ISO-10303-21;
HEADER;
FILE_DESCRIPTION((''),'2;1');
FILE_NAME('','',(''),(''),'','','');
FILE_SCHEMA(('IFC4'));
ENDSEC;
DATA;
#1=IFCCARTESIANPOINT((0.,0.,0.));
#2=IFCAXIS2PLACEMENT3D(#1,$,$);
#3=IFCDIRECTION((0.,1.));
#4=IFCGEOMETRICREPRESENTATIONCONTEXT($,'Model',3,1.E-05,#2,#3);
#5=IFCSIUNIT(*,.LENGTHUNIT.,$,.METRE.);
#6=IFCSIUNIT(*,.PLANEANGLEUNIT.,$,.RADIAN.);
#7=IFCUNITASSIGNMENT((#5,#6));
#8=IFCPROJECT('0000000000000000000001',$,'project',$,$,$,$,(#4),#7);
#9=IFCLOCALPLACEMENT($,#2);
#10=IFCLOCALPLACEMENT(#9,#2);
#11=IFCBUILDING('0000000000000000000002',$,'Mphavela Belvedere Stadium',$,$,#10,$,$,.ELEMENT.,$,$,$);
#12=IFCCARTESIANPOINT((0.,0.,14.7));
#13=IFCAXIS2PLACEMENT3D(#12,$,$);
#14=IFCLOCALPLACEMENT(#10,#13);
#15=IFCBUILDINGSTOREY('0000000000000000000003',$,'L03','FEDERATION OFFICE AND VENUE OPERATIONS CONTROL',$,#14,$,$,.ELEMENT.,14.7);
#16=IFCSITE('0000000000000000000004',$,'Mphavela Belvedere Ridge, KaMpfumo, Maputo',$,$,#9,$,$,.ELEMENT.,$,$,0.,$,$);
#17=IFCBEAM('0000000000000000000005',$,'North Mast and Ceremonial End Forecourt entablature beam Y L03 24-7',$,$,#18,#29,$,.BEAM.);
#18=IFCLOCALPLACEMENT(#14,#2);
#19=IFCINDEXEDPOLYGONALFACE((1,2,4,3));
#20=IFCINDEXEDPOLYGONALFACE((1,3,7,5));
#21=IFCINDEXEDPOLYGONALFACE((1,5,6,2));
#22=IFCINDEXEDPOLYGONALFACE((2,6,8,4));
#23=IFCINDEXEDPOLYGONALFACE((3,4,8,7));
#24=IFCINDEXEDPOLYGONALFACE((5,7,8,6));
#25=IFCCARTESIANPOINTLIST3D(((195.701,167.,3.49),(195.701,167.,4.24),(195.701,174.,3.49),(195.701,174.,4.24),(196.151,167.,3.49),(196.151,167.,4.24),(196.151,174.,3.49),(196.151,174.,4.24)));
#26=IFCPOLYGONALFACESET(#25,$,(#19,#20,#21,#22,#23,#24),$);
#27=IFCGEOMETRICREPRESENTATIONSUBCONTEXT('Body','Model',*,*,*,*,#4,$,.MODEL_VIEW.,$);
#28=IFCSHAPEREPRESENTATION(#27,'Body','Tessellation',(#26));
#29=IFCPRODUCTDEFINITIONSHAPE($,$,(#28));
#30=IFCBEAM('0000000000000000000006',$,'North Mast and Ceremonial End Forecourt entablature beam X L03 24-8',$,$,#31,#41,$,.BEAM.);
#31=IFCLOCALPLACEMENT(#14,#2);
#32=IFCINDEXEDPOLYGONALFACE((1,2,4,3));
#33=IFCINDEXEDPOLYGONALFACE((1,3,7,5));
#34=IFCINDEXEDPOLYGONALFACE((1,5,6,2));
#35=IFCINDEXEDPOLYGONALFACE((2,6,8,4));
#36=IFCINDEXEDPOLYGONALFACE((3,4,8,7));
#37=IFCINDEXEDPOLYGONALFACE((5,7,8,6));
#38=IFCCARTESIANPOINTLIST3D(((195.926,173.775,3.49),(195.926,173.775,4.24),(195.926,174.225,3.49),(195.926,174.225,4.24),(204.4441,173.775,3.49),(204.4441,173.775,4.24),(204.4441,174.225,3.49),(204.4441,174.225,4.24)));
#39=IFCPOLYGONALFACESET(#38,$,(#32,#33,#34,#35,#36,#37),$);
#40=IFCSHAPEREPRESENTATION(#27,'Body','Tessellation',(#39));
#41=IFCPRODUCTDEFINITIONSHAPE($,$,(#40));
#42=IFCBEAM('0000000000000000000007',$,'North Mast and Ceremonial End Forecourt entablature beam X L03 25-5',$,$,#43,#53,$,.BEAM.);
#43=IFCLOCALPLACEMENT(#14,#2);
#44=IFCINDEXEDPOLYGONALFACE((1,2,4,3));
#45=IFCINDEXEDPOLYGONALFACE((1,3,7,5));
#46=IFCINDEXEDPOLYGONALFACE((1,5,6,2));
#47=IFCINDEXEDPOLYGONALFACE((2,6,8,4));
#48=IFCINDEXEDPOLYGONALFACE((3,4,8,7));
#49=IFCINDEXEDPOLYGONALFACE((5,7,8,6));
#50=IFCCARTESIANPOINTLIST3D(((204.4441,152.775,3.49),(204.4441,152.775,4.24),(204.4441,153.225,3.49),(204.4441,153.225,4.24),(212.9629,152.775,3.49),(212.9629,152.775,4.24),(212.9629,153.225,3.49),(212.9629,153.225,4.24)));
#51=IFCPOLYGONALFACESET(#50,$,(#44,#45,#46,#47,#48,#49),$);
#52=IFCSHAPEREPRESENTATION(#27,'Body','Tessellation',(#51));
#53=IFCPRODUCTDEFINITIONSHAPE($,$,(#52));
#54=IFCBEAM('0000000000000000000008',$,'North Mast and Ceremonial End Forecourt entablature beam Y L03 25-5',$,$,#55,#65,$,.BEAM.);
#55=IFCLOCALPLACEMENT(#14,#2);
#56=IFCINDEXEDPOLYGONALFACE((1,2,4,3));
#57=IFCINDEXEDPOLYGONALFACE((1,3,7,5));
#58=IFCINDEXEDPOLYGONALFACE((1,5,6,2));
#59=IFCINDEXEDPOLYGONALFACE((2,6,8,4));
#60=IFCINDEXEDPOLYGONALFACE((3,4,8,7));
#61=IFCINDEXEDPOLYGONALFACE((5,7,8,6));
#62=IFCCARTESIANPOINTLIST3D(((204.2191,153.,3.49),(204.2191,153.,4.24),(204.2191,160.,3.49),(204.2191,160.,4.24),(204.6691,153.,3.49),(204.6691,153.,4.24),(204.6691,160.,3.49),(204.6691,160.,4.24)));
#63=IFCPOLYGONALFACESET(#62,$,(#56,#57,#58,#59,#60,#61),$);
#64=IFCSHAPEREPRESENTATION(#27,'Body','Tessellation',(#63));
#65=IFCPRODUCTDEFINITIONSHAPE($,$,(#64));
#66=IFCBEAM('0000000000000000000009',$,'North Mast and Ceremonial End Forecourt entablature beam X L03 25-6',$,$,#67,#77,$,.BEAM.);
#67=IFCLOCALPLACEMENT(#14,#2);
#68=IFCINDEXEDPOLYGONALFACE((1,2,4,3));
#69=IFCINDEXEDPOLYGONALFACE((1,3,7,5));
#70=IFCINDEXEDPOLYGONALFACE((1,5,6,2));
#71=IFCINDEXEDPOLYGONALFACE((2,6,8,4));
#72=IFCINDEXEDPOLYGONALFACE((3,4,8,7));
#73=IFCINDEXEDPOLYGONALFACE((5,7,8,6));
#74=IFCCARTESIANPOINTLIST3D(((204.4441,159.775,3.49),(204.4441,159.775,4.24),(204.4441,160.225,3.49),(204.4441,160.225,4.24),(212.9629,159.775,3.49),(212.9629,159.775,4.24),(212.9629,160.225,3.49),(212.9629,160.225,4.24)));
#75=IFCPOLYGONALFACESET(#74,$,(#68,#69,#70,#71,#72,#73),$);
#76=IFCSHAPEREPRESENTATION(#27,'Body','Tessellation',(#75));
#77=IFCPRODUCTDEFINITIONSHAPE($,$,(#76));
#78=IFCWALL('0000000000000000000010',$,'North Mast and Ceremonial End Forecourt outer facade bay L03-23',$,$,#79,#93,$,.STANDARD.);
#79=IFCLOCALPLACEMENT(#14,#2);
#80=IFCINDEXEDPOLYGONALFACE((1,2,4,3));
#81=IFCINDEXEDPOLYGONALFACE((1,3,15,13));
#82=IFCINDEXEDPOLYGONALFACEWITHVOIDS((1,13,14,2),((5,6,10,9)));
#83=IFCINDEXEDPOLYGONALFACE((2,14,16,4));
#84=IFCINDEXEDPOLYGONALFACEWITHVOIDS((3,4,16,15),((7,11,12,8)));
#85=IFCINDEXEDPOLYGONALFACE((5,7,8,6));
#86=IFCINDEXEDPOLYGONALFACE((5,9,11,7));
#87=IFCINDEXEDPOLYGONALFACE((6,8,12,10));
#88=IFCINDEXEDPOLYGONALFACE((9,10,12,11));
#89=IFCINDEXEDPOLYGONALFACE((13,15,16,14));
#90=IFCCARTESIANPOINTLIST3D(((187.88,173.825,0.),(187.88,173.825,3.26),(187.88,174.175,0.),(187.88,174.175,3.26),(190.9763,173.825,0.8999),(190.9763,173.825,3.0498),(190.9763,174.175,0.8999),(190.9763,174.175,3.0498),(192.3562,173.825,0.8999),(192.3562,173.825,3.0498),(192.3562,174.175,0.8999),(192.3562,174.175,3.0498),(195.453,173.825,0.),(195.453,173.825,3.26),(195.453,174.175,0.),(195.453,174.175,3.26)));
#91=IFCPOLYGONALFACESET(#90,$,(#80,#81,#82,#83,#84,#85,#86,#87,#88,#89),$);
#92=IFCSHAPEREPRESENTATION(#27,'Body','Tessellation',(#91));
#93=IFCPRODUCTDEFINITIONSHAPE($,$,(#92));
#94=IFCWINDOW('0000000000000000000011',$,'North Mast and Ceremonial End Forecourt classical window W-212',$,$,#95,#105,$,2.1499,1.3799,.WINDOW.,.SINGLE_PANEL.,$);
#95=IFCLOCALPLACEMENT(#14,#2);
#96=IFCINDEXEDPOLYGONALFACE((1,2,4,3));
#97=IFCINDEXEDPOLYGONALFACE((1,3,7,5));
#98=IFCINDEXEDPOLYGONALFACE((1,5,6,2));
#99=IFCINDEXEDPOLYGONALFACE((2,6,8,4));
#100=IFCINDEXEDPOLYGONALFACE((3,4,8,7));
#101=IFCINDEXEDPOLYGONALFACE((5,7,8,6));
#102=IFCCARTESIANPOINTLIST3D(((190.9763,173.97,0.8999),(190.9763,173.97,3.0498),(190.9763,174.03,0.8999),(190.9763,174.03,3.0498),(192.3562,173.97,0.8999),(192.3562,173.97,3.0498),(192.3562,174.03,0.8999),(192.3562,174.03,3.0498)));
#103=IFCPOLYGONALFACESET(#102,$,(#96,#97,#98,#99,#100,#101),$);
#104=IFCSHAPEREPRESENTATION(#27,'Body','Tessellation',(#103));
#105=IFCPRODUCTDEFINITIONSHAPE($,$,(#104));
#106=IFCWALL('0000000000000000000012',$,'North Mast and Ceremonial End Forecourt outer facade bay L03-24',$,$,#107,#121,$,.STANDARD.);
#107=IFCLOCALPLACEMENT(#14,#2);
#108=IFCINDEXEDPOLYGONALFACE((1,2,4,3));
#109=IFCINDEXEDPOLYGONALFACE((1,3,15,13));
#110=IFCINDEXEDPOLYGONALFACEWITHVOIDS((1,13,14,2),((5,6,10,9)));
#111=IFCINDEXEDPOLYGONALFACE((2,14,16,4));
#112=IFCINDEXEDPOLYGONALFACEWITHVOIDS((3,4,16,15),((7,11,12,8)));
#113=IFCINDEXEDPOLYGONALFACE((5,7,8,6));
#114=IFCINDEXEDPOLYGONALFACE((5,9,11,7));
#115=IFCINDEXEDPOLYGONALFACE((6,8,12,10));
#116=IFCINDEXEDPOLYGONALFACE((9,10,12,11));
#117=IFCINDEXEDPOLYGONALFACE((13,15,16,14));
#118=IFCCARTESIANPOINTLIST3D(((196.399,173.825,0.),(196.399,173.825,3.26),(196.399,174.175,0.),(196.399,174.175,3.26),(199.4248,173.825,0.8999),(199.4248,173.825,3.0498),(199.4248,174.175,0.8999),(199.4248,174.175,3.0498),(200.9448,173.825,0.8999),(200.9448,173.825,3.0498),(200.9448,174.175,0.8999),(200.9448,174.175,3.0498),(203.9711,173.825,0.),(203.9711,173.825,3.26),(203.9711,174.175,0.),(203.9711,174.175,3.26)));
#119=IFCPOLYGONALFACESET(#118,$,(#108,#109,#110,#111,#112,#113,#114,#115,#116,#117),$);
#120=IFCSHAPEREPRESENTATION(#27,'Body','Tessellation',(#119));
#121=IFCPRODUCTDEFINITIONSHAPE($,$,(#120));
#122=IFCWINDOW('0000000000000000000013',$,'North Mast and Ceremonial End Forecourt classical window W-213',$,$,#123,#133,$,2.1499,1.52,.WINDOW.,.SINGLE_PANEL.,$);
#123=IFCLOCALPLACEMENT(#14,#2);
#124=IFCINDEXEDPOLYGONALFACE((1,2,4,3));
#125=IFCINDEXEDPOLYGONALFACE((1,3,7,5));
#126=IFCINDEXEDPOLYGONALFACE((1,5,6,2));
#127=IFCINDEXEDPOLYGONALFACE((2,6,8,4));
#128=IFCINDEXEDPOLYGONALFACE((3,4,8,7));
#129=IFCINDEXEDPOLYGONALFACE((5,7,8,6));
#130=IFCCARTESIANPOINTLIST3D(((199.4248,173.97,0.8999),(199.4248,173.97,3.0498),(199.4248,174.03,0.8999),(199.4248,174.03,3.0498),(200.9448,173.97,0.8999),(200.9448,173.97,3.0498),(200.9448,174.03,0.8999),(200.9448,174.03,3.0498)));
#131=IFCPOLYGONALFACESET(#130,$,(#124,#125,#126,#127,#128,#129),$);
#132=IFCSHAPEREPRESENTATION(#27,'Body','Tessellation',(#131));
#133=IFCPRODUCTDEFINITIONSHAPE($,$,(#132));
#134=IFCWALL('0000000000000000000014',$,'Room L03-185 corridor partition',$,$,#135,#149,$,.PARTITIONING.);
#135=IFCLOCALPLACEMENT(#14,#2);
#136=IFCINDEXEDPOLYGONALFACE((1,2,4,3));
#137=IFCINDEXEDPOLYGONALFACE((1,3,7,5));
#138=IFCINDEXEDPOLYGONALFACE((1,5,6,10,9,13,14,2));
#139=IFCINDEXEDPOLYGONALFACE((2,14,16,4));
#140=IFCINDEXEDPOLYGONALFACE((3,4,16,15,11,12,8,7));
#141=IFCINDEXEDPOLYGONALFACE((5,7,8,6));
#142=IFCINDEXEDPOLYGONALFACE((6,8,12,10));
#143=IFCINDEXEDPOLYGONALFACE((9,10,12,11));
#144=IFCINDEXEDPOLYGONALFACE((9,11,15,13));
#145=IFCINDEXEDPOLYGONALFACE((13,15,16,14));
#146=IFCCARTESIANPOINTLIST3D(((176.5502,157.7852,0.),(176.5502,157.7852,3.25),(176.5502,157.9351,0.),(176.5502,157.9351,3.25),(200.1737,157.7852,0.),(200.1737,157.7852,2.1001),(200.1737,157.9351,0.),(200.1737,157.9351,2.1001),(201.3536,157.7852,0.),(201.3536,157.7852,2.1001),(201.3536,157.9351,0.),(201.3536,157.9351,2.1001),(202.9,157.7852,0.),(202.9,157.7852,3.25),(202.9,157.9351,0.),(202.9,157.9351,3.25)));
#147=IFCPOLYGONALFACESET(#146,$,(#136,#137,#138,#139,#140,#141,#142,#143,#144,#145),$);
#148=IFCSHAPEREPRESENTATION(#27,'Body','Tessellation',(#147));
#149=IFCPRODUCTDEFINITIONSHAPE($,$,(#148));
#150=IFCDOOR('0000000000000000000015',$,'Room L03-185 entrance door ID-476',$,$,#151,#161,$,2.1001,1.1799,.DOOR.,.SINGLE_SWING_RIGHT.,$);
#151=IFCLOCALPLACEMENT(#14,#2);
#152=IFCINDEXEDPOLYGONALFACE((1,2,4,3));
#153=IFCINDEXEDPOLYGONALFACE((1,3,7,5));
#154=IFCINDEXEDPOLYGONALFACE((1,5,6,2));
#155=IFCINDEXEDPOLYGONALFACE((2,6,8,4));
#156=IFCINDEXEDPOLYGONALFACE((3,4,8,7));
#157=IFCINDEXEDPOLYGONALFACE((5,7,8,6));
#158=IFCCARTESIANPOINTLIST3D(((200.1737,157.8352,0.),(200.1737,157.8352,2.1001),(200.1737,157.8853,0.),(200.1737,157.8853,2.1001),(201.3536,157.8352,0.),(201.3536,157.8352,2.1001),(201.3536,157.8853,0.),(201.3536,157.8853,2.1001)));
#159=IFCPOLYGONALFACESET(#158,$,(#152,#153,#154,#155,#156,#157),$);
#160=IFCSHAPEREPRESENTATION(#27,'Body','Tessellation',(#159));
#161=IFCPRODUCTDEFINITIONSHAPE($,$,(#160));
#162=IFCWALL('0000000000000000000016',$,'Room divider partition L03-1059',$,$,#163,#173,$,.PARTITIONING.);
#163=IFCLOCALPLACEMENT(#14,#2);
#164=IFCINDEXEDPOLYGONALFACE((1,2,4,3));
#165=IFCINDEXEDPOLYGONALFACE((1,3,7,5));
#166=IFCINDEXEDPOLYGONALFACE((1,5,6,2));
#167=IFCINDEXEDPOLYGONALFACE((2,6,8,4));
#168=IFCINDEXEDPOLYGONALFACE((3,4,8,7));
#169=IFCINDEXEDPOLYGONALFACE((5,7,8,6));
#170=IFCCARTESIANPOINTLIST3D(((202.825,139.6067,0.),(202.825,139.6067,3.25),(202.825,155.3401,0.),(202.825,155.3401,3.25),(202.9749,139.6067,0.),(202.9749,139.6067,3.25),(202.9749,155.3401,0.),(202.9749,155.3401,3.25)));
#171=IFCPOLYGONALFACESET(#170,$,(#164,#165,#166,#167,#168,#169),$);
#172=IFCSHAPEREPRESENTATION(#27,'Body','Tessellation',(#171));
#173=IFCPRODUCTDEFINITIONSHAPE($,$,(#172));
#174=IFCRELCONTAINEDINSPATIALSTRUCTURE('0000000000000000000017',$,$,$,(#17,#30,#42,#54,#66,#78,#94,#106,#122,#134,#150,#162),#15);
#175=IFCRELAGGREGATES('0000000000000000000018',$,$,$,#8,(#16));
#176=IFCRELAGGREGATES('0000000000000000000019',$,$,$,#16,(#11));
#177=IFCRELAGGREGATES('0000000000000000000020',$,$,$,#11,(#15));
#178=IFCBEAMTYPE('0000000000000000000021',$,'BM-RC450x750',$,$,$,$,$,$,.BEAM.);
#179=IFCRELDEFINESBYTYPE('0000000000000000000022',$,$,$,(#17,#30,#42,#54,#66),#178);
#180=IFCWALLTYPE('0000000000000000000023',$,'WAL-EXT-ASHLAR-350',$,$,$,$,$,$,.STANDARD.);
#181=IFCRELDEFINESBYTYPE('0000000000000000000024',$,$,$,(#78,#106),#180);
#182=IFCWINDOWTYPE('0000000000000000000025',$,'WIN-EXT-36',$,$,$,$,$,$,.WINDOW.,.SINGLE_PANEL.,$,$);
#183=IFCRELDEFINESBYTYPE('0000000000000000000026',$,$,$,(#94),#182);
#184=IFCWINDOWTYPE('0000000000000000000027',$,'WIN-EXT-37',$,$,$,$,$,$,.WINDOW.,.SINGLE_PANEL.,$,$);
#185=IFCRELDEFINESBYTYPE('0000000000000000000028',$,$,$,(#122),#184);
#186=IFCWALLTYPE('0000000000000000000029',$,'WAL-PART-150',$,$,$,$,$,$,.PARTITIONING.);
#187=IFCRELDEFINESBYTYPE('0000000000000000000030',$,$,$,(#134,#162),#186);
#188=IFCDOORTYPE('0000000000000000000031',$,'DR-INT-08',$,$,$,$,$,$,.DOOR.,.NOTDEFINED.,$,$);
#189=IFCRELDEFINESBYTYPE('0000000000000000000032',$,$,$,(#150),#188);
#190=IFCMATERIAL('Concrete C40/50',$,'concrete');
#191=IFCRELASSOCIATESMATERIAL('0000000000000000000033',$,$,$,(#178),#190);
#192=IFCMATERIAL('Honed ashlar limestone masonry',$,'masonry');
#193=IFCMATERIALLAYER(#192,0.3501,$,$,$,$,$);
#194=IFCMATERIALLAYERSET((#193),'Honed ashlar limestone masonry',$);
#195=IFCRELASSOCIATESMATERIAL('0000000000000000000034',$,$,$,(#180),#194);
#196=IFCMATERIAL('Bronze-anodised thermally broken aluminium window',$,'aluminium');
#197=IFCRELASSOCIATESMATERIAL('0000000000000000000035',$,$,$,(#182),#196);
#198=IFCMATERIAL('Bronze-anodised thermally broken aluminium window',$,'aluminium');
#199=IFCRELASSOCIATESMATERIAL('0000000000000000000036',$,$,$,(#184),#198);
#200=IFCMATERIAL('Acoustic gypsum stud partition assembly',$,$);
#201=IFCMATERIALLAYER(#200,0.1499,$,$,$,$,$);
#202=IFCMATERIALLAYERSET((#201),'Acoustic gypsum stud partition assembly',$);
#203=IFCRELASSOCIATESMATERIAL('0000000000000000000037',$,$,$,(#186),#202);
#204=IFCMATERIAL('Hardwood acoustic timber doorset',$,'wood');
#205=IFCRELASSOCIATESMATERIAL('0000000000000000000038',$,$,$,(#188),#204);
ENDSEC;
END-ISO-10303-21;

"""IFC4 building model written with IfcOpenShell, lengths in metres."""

from ifc_helpers import new_model, si_unit, direction, frame, frame_2d, origin, origin_2d, place, context, subcontext, project, spatial, rectangle, extrude, material, layer, layer_set, material_profile, profile_set, type_object, element, fill, save


model = new_model("IFC4")

# Units and contexts
model_context = context("Model", 3, precision=1e-05, world=origin(), true_north=direction((0.0, 1.0)))
body_context = subcontext(model_context, "Body", "Model", "MODEL_VIEW")
ifc_project = project(units=[si_unit("LENGTHUNIT", "METRE"), si_unit("PLANEANGLEUNIT", "RADIAN")], contexts=[model_context])

# Site, building, storey
site_placement = place(None, origin())
site = spatial("IfcSite", under=ifc_project, at=site_placement, Name="Mphavela Belvedere Ridge, KaMpfumo, Maputo", CompositionType="ELEMENT", RefElevation=0.0)
building_placement = place(site_placement, origin())
building = spatial("IfcBuilding", under=site, at=building_placement, Name="Mphavela Belvedere Stadium", CompositionType="ELEMENT")
storey_placement = place(building_placement, frame((0.0, 0.0, 14.7)))
storey = spatial("IfcBuildingStorey", under=building, at=storey_placement, Name="L03", Description="FEDERATION OFFICE AND VENUE OPERATIONS CONTROL", CompositionType="ELEMENT", Elevation=14.7)

# Beams
ifc_material_1 = material(Name="Concrete C40/50", Category="concrete")
ifc_material_profile_1 = material_profile(ifc_material_1, rectangle(XDim=0.45, YDim=0.75, at=origin_2d()), Name="RC 450x750")
ifc_profile_set_1 = profile_set([ifc_material_profile_1], Name="Concrete C40/50")
beam_type_1 = type_object("IfcBeamType", Name="BM-RC450x750", PredefinedType="BEAM", material=ifc_profile_set_1)
beam_1_placement = place(storey_placement, frame((195.926, 167.0, 3.865), z_axis=(0.0, 1.0, 0.0), x_axis=(-1.0, 0.0, 0.0)))
element("IfcBeam", 1, at=beam_1_placement, inside=storey, type_object=beam_type_1, Name="North Mast and Ceremonial End Forecourt entablature beam Y L03 24-7", PredefinedType="BEAM", context=body_context, shape_type="SweptSolid", body=[
    extrude(rectangle(XDim=0.45, YDim=0.75, at=origin_2d()), origin(), (0.0, 0.0, 1.0), 7.0),
])
beam_2_placement = place(storey_placement, frame((195.926, 174.0, 3.865), z_axis=(1.0, 0.0, 0.0), x_axis=(0.0, 1.0, 0.0)))
element("IfcBeam", 2, at=beam_2_placement, inside=storey, type_object=beam_type_1, Name="North Mast and Ceremonial End Forecourt entablature beam X L03 24-8", PredefinedType="BEAM", context=body_context, shape_type="SweptSolid", body=[
    extrude(rectangle(XDim=0.45, YDim=0.75, at=origin_2d()), origin(), (0.0, 0.0, 1.0), 8.5181),
])
beam_3_placement = place(storey_placement, frame((204.4441, 153.0, 3.865), z_axis=(1.0, 0.0, 0.0), x_axis=(0.0, 1.0, 0.0)))
element("IfcBeam", 3, at=beam_3_placement, inside=storey, type_object=beam_type_1, Name="North Mast and Ceremonial End Forecourt entablature beam X L03 25-5", PredefinedType="BEAM", context=body_context, shape_type="SweptSolid", body=[
    extrude(rectangle(XDim=0.45, YDim=0.75, at=origin_2d()), origin(), (0.0, 0.0, 1.0), 8.5188),
])
beam_4_placement = place(storey_placement, frame((204.4441, 153.0, 3.865), z_axis=(0.0, 1.0, 0.0), x_axis=(-1.0, 0.0, 0.0)))
element("IfcBeam", 4, at=beam_4_placement, inside=storey, type_object=beam_type_1, Name="North Mast and Ceremonial End Forecourt entablature beam Y L03 25-5", PredefinedType="BEAM", context=body_context, shape_type="SweptSolid", body=[
    extrude(rectangle(XDim=0.45, YDim=0.75, at=origin_2d()), origin(), (0.0, 0.0, 1.0), 7.0),
])
beam_5_placement = place(storey_placement, frame((204.4441, 160.0, 3.865), z_axis=(1.0, 0.0, 0.0), x_axis=(0.0, 1.0, 0.0)))
element("IfcBeam", 5, at=beam_5_placement, inside=storey, type_object=beam_type_1, Name="North Mast and Ceremonial End Forecourt entablature beam X L03 25-6", PredefinedType="BEAM", context=body_context, shape_type="SweptSolid", body=[
    extrude(rectangle(XDim=0.45, YDim=0.75, at=origin_2d()), origin(), (0.0, 0.0, 1.0), 8.5188),
])

# Walls, openings, windows
ifc_material_2 = material(Name="Honed ashlar limestone masonry", Category="masonry")
ifc_layer_1 = layer(ifc_material_2, 0.3501)
ifc_layer_set_1 = layer_set([ifc_layer_1], Name="Honed ashlar limestone masonry")
wall_type_1 = type_object("IfcWallType", Name="WAL-EXT-ASHLAR-350", PredefinedType="STANDARD", material=ifc_layer_set_1)
wall_1_placement = place(storey_placement, frame((187.8799, 174.0, 0.0), z_axis=(0.0, 0.0, 1.0), x_axis=(1.0, 0.0, 0.0)))
wall_1 = element("IfcWall", 6, at=wall_1_placement, inside=storey, type_object=wall_type_1, Name="North Mast and Ceremonial End Forecourt outer facade bay L03-23", PredefinedType="STANDARD", context=body_context, shape_type="SweptSolid", body=[
    extrude(rectangle(XDim=7.573, YDim=0.3501, at=frame_2d((3.7866, 0.0))), origin(), (0.0, 0.0, 1.0), 3.26),
])
opening_1_placement = place(wall_1_placement, frame((3.0964, 0.0, 0.8999)))
opening_1 = element("IfcOpeningElement", 7, at=opening_1_placement, cuts=wall_1, PredefinedType="OPENING", context=body_context, shape_type="SweptSolid", body=[
    extrude(rectangle(XDim=1.3799, YDim=2.1499, at=frame_2d((0.6899, 1.075))), frame((0.0, 0.1851, 0.0), z_axis=(0.0, -1.0, 0.0), x_axis=(1.0, 0.0, 0.0)), (0.0, 0.0, 1.0), 0.3701),
])
ifc_material_3 = material(Name="Bronze-anodised thermally broken aluminium window", Category="aluminium")
window_type_1 = type_object("IfcWindowType", Name="WIN-EXT-36", PartitioningType="SINGLE_PANEL", PredefinedType="WINDOW", material=ifc_material_3)
window_1_placement = place(opening_1_placement, origin())
window_1 = element("IfcWindow", 8, at=window_1_placement, inside=storey, type_object=window_type_1, Name="North Mast and Ceremonial End Forecourt classical window W-212", OverallHeight=2.1499, OverallWidth=1.3799, PartitioningType="SINGLE_PANEL", PredefinedType="WINDOW", context=body_context, shape_type="SweptSolid", body=[
    extrude(rectangle(XDim=1.3799, YDim=2.1499, at=frame_2d((0.6899, 1.075))), frame((0.0, 0.03, 0.0), z_axis=(0.0, -1.0, 0.0), x_axis=(1.0, 0.0, 0.0)), (0.0, 0.0, 1.0), 0.0601),
])
fill(opening_1, window_1)
wall_2_placement = place(storey_placement, frame((196.3989, 174.0, 0.0), z_axis=(0.0, 0.0, 1.0), x_axis=(1.0, 0.0, 0.0)))
wall_2 = element("IfcWall", 9, at=wall_2_placement, inside=storey, type_object=wall_type_1, Name="North Mast and Ceremonial End Forecourt outer facade bay L03-24", PredefinedType="STANDARD", context=body_context, shape_type="SweptSolid", body=[
    extrude(rectangle(XDim=7.572, YDim=0.3501, at=frame_2d((3.7861, 0.0))), origin(), (0.0, 0.0, 1.0), 3.26),
])
opening_2_placement = place(wall_2_placement, frame((3.0259, 0.0, 0.8999)))
opening_2 = element("IfcOpeningElement", 10, at=opening_2_placement, cuts=wall_2, PredefinedType="OPENING", context=body_context, shape_type="SweptSolid", body=[
    extrude(rectangle(XDim=1.52, YDim=2.1499, at=frame_2d((0.76, 1.075))), frame((0.0, 0.1851, 0.0), z_axis=(0.0, -1.0, 0.0), x_axis=(1.0, 0.0, 0.0)), (0.0, 0.0, 1.0), 0.3701),
])
ifc_material_4 = material(Name="Bronze-anodised thermally broken aluminium window", Category="aluminium")
window_type_2 = type_object("IfcWindowType", Name="WIN-EXT-37", PartitioningType="SINGLE_PANEL", PredefinedType="WINDOW", material=ifc_material_4)
window_2_placement = place(opening_2_placement, origin())
window_2 = element("IfcWindow", 11, at=window_2_placement, inside=storey, type_object=window_type_2, Name="North Mast and Ceremonial End Forecourt classical window W-213", OverallHeight=2.1499, OverallWidth=1.52, PartitioningType="SINGLE_PANEL", PredefinedType="WINDOW", context=body_context, shape_type="SweptSolid", body=[
    extrude(rectangle(XDim=1.52, YDim=2.1499, at=frame_2d((0.76, 1.075))), frame((0.0, 0.03, 0.0), z_axis=(0.0, -1.0, 0.0), x_axis=(1.0, 0.0, 0.0)), (0.0, 0.0, 1.0), 0.0601),
])
fill(opening_2, window_2)

# Wall, opening, door
ifc_material_5 = material(Name="Acoustic gypsum stud partition assembly")
ifc_layer_2 = layer(ifc_material_5, 0.1499)
ifc_layer_set_2 = layer_set([ifc_layer_2], Name="Acoustic gypsum stud partition assembly")
wall_type_2 = type_object("IfcWallType", Name="WAL-PART-150", PredefinedType="PARTITIONING", material=ifc_layer_set_2)
wall_3_placement = place(storey_placement, frame((202.8999, 157.8601, 0.0), z_axis=(0.0, 0.0, 1.0), x_axis=(-1.0, 0.0, 0.0)))
wall_3 = element("IfcWall", 12, at=wall_3_placement, inside=storey, type_object=wall_type_2, Name="Room L03-185 corridor partition", PredefinedType="PARTITIONING", context=body_context, shape_type="SweptSolid", body=[
    extrude(rectangle(XDim=26.3499, YDim=0.1499, at=frame_2d((13.1748, 0.0))), origin(), (0.0, 0.0, 1.0), 3.25),
])
opening_3_placement = place(wall_3_placement, frame((1.5464, 0.0, 0.0)))
opening_3 = element("IfcOpeningElement", 13, at=opening_3_placement, cuts=wall_3, PredefinedType="OPENING", context=body_context, shape_type="SweptSolid", body=[
    extrude(rectangle(XDim=1.1799, YDim=2.1001, at=frame_2d((0.5898, 1.05))), frame((0.0, 0.085, 0.0), z_axis=(0.0, -1.0, 0.0), x_axis=(1.0, 0.0, 0.0)), (0.0, 0.0, 1.0), 0.1699),
])
ifc_material_6 = material(Name="Hardwood acoustic timber doorset", Category="wood")
door_type = type_object("IfcDoorType", Name="DR-INT-08", OperationType="NOTDEFINED", PredefinedType="DOOR", material=ifc_material_6)
door_placement = place(opening_3_placement, origin())
door = element("IfcDoor", 14, at=door_placement, inside=storey, type_object=door_type, Name="Room L03-185 entrance door ID-476", OperationType="SINGLE_SWING_RIGHT", OverallHeight=2.1001, OverallWidth=1.1799, PredefinedType="DOOR", context=body_context, shape_type="SweptSolid", body=[
    extrude(rectangle(XDim=1.1799, YDim=2.1001, at=frame_2d((0.5898, 1.05))), frame((0.0, 0.0249, 0.0), z_axis=(0.0, -1.0, 0.0), x_axis=(1.0, 0.0, 0.0)), (0.0, 0.0, 1.0), 0.05),
])
fill(opening_3, door)

# Wall
wall_4_placement = place(storey_placement, frame((202.8999, 155.3401, 0.0), z_axis=(0.0, 0.0, 1.0), x_axis=(0.0, -1.0, 0.0)))
element("IfcWall", 15, at=wall_4_placement, inside=storey, type_object=wall_type_2, Name="Room divider partition L03-1059", PredefinedType="PARTITIONING", context=body_context, shape_type="SweptSolid", body=[
    extrude(rectangle(XDim=15.7334, YDim=0.1499, at=frame_2d((7.8667, 0.0))), origin(), (0.0, 0.0, 1.0), 3.25),
])

save(model, "model.ifc")
